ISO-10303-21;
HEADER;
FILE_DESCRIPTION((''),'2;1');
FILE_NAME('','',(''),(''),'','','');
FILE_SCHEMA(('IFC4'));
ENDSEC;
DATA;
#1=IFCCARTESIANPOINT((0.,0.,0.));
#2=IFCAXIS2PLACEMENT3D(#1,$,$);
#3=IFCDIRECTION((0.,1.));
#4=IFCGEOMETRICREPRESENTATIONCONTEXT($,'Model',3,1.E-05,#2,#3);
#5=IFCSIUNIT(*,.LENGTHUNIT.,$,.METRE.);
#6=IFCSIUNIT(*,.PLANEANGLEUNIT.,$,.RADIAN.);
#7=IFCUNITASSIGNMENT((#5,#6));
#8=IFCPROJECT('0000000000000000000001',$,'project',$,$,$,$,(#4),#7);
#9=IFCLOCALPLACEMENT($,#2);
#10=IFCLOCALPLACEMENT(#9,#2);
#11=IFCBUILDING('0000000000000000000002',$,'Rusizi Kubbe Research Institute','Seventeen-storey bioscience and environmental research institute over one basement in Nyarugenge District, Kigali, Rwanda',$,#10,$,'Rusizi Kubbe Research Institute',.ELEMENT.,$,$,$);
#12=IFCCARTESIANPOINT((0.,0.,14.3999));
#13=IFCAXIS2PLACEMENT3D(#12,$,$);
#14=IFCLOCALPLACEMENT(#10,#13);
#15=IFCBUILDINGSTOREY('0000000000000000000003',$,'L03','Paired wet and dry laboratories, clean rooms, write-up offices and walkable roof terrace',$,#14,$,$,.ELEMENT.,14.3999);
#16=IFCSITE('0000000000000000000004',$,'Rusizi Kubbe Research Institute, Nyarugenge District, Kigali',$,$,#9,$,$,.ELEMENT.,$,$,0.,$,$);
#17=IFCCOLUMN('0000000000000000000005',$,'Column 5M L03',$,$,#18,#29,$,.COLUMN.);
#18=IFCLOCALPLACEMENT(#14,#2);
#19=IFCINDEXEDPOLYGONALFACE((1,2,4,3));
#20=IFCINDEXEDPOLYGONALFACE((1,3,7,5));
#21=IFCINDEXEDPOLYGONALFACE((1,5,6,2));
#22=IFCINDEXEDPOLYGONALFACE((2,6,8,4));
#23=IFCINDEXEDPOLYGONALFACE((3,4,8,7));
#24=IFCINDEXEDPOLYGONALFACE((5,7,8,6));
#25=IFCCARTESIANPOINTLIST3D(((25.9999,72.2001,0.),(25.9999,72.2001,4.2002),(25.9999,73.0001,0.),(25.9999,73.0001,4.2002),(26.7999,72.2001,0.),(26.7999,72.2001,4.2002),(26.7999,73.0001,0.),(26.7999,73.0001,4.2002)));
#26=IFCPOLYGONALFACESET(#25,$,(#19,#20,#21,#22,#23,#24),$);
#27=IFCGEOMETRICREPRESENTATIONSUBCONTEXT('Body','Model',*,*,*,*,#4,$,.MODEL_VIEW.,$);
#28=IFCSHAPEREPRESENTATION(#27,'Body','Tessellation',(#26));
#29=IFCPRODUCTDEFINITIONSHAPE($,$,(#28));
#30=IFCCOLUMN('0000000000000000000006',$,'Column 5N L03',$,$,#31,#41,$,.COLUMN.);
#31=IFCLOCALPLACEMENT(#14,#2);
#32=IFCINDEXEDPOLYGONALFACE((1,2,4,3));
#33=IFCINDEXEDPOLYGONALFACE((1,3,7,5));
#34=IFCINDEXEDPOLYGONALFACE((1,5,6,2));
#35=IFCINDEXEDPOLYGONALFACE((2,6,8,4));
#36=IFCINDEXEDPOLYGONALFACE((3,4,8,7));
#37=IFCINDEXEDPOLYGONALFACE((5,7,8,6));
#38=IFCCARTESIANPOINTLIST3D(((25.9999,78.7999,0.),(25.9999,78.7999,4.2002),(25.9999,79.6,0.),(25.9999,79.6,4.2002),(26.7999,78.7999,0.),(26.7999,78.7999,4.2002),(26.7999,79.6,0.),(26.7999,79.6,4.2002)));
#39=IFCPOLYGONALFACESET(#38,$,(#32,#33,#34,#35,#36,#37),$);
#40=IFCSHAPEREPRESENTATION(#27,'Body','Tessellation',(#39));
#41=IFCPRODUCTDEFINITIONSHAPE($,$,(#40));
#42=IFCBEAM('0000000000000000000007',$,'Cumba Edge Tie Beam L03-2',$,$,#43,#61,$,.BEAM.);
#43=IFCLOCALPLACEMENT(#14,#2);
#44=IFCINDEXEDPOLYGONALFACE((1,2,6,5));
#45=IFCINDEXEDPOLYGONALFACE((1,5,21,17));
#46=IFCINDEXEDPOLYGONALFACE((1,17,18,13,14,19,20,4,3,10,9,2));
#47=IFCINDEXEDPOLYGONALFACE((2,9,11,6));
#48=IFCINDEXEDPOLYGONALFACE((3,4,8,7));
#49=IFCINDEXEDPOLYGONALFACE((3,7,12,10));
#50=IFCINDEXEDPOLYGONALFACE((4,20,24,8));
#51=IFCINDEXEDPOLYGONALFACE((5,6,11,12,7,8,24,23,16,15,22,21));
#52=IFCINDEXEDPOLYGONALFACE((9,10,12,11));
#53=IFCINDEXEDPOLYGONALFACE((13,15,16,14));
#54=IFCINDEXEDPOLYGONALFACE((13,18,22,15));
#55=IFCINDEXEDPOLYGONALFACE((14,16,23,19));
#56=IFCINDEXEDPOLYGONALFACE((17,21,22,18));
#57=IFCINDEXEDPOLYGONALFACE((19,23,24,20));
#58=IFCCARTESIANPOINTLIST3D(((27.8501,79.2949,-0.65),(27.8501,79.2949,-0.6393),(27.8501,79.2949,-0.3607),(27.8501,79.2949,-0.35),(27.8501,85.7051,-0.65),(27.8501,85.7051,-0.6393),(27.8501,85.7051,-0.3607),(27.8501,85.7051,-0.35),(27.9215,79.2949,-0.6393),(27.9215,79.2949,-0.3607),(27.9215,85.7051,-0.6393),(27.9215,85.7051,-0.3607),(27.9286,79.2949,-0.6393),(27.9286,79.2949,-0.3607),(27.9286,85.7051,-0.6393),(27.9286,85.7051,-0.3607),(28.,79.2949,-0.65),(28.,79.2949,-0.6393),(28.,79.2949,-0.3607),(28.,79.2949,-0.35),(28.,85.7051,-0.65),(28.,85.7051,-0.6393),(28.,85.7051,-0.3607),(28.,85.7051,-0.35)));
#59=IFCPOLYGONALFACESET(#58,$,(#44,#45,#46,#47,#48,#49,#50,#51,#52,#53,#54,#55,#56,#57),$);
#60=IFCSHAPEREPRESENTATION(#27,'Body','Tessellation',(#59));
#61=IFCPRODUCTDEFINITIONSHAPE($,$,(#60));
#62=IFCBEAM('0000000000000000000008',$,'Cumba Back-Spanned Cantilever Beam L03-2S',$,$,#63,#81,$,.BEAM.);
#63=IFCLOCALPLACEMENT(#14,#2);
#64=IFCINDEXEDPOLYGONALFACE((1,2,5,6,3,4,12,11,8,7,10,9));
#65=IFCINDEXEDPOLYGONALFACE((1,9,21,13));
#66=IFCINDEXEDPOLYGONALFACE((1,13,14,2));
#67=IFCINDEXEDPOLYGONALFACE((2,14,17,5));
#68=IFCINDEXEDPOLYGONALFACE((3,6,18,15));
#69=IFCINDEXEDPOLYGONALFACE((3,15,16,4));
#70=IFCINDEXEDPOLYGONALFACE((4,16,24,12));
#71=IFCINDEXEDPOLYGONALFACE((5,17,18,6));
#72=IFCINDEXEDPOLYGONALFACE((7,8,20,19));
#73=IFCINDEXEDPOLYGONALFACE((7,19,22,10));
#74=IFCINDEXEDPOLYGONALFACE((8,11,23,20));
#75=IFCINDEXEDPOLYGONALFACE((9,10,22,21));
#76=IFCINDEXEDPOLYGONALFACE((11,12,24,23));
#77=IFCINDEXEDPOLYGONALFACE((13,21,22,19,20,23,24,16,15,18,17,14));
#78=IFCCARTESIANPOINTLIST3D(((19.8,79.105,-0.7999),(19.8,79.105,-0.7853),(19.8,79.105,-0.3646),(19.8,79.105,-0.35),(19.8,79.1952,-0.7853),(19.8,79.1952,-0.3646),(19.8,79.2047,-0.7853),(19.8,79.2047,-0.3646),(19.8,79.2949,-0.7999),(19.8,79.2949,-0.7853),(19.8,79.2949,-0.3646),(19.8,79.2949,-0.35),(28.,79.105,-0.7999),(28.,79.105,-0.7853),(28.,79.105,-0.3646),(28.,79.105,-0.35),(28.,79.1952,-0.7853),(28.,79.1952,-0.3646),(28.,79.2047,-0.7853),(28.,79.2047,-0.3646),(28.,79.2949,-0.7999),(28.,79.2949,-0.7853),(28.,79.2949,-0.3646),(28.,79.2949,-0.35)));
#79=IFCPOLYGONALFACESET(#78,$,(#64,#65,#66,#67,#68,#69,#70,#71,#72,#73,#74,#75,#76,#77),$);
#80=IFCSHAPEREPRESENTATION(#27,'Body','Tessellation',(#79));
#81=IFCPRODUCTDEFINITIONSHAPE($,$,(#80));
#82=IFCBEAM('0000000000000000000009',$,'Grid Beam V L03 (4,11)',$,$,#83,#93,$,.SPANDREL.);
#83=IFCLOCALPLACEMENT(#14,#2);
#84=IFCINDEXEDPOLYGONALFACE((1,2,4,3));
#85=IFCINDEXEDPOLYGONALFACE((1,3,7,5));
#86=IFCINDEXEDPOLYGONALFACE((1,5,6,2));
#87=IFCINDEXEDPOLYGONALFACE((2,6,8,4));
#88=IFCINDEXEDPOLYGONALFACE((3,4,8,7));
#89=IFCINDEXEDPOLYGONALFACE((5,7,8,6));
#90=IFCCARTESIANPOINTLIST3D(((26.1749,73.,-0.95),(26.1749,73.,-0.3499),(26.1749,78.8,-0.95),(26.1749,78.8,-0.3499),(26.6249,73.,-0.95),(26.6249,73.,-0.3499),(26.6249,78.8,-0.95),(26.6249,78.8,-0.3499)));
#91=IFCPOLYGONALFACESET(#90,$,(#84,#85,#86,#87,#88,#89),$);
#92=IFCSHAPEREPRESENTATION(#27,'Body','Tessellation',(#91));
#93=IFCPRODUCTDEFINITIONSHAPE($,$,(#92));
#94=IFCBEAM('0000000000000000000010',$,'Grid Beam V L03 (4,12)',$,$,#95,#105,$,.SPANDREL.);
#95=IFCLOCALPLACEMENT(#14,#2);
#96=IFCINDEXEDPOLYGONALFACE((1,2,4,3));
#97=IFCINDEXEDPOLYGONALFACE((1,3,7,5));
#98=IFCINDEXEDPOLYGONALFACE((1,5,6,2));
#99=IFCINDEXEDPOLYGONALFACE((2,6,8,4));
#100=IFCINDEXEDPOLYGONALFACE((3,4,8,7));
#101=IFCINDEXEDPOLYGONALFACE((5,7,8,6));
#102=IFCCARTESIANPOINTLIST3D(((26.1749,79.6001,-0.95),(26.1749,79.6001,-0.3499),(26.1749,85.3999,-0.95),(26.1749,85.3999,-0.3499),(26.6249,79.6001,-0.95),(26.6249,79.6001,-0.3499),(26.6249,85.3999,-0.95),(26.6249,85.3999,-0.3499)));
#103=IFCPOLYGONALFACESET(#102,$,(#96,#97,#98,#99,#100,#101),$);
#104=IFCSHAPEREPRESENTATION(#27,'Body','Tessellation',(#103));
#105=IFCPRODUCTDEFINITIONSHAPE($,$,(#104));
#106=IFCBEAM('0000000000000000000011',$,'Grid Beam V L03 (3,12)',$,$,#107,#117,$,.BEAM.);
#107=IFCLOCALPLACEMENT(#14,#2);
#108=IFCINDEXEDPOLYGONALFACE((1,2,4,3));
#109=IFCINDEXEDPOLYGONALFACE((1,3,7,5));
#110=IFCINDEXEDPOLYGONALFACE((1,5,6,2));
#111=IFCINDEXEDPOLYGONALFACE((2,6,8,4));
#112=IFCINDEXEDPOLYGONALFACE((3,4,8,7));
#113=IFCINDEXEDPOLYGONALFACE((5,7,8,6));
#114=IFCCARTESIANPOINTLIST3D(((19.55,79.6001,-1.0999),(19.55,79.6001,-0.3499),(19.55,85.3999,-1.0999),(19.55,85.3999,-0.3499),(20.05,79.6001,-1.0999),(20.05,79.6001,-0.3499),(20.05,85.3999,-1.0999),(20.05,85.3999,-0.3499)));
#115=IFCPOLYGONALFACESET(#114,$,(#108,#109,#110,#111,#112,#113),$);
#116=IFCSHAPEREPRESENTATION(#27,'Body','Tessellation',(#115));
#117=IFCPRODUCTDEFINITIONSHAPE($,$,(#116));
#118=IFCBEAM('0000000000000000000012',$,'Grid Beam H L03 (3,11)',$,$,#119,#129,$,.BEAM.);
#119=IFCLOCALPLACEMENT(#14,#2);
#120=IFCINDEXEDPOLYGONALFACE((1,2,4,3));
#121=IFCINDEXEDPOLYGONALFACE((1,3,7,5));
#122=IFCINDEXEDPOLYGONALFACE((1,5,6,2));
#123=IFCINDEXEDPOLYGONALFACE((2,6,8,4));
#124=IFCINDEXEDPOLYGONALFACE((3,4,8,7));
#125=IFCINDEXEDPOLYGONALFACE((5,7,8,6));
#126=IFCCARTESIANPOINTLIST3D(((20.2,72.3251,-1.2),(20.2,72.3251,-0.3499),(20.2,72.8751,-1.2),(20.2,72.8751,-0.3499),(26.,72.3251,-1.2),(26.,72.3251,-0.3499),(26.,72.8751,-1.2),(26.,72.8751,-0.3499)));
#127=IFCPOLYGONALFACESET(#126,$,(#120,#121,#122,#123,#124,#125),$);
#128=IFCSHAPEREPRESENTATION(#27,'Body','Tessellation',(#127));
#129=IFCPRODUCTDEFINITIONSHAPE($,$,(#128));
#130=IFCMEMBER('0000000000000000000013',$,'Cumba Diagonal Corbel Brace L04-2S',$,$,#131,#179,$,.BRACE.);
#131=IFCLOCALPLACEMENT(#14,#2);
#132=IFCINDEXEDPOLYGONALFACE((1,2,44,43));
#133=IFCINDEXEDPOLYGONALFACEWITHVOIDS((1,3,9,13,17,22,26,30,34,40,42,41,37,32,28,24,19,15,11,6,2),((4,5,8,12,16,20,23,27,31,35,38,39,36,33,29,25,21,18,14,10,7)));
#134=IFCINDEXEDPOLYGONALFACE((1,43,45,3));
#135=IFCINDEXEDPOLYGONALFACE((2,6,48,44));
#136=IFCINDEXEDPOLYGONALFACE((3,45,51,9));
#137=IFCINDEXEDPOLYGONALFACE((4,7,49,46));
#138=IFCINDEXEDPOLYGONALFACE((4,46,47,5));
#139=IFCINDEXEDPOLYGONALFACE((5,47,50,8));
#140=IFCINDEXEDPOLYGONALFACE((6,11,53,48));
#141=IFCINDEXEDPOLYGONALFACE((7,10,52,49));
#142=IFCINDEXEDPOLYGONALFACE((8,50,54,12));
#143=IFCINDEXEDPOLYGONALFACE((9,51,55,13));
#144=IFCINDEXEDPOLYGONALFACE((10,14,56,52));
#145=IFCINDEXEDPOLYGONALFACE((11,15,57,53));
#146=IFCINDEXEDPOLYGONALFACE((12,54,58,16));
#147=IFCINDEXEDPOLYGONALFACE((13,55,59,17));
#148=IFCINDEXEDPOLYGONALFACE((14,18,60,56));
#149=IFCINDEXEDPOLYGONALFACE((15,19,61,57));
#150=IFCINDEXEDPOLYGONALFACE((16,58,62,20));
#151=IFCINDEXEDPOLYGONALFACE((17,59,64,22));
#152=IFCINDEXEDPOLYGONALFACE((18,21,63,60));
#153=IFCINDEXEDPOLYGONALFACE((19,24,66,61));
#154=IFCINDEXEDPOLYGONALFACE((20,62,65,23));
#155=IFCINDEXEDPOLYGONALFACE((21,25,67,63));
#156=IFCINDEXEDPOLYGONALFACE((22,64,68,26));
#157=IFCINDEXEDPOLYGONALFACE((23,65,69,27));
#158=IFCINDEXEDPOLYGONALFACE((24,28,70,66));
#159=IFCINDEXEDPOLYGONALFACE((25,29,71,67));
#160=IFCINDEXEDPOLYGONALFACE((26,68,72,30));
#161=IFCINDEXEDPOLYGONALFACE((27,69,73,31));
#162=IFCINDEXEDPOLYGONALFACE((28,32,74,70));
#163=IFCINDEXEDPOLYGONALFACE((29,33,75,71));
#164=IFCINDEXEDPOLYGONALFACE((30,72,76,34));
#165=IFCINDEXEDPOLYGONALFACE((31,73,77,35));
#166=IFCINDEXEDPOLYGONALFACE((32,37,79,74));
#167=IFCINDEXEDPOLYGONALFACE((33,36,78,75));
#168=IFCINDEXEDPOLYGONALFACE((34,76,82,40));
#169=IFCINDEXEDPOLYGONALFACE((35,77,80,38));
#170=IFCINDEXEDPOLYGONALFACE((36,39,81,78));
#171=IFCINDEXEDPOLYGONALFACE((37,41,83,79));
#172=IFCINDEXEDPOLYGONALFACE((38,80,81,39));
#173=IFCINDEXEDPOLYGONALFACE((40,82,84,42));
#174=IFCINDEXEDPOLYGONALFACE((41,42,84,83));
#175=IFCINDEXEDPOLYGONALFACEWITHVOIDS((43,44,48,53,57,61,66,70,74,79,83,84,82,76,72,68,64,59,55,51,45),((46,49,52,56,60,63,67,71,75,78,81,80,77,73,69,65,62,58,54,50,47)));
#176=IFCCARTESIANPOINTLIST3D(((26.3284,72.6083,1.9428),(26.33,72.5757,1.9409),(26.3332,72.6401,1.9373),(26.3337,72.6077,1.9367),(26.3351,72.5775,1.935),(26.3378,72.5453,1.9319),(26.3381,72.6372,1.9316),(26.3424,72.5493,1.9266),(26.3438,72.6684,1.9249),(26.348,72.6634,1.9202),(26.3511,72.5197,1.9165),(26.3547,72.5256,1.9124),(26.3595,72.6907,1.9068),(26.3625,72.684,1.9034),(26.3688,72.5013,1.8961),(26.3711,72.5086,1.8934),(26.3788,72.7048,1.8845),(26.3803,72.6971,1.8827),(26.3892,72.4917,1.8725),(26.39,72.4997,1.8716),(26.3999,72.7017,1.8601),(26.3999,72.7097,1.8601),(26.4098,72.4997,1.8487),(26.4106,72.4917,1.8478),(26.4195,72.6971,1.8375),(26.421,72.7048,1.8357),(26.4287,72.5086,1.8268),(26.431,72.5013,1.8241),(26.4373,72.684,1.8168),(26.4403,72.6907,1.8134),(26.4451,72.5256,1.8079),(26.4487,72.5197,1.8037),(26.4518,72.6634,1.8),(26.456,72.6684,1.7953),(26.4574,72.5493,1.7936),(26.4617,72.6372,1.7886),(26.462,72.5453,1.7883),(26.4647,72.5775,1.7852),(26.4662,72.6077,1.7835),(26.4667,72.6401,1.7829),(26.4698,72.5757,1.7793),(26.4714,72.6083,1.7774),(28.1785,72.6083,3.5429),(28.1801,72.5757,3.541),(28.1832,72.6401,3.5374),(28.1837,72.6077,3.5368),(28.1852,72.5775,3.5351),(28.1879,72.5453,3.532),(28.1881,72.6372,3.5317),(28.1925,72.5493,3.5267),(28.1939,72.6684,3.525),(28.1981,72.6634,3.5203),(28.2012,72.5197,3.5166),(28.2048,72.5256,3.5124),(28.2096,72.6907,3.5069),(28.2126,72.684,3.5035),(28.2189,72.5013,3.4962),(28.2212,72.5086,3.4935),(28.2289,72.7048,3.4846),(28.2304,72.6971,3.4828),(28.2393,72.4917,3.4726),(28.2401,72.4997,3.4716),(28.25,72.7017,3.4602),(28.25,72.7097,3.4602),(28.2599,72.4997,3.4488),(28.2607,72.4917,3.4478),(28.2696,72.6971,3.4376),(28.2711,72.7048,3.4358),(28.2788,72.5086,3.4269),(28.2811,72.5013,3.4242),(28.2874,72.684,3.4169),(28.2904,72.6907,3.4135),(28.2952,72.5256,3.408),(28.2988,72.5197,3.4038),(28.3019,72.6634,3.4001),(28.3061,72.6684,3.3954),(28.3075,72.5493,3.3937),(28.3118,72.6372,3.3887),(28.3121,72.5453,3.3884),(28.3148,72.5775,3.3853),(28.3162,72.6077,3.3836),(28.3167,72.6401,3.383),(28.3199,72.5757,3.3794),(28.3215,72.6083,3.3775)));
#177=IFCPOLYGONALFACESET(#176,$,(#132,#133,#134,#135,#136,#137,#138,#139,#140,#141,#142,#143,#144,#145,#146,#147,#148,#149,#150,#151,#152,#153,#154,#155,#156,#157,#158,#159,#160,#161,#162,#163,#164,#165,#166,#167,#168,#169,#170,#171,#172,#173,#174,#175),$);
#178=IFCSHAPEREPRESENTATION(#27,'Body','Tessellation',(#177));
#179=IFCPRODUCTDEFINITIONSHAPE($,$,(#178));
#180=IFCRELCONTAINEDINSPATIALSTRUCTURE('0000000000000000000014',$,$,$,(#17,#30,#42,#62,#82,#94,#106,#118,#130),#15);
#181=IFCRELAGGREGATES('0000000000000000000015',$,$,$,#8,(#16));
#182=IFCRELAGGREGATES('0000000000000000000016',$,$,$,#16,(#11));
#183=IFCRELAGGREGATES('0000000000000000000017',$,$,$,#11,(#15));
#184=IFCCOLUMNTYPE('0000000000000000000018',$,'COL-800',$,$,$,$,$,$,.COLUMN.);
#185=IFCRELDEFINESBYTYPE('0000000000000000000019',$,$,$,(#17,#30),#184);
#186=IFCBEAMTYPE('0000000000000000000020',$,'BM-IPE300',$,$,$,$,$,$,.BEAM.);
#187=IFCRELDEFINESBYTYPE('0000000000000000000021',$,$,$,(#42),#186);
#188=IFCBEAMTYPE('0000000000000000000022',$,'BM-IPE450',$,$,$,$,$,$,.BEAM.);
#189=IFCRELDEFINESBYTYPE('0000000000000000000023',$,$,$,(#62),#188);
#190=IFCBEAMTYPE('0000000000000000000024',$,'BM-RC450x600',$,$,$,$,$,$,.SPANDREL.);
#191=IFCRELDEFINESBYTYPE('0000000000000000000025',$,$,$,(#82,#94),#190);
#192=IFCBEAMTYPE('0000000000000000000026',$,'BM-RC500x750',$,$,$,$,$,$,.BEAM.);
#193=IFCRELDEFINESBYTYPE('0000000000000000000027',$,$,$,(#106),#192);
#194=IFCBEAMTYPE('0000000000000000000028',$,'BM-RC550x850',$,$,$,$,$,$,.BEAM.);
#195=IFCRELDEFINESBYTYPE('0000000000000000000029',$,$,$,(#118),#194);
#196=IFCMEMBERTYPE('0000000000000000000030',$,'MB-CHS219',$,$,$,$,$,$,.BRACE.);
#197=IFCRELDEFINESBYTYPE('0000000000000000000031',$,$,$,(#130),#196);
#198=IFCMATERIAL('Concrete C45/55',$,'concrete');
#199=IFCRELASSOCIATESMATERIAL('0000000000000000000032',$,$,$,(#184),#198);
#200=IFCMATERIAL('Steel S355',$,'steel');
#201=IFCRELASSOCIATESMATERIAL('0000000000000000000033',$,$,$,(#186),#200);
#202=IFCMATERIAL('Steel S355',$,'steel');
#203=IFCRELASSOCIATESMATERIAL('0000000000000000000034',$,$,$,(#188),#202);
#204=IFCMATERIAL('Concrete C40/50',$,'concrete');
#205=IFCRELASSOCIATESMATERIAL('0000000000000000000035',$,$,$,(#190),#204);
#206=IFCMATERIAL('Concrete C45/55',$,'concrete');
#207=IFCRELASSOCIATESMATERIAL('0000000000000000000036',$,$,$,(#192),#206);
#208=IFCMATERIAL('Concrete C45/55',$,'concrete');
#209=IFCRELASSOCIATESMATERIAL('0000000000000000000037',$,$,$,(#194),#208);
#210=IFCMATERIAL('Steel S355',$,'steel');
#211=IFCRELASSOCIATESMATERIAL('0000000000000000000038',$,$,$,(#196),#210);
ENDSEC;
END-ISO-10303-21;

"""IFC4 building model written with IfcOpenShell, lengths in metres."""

from ifc_helpers import new_model, si_unit, direction, frame, origin, origin_2d, place, context, subcontext, project, spatial, rectangle, hollow_circle, i_section, extrude, material, material_profile, profile_set, type_object, element, save


model = new_model("IFC4")

# Units and contexts
model_context = context("Model", 3, precision=1e-05, world=origin(), true_north=direction((0.0, 1.0)))
body_context = subcontext(model_context, "Body", "Model", "MODEL_VIEW")
ifc_project = project(units=[si_unit("LENGTHUNIT", "METRE"), si_unit("PLANEANGLEUNIT", "RADIAN")], contexts=[model_context])

# Site, building, storey
site_placement = place(None, origin())
site = spatial("IfcSite", under=ifc_project, at=site_placement, Name="Rusizi Kubbe Research Institute, Nyarugenge District, Kigali", CompositionType="ELEMENT", RefElevation=0.0)
building_placement = place(site_placement, origin())
building = spatial("IfcBuilding", under=site, at=building_placement, Name="Rusizi Kubbe Research Institute", Description="Seventeen-storey bioscience and environmental research institute over one basement in Nyarugenge District, Kigali, Rwanda", LongName="Rusizi Kubbe Research Institute", CompositionType="ELEMENT")
storey_placement = place(building_placement, frame((0.0, 0.0, 14.3999)))
storey = spatial("IfcBuildingStorey", under=building, at=storey_placement, Name="L03", Description="Paired wet and dry laboratories, clean rooms, write-up offices and walkable roof terrace", CompositionType="ELEMENT", Elevation=14.3999)

# Columns
ifc_material_1 = material(Name="Concrete C45/55", Category="concrete")
ifc_material_profile_1 = material_profile(ifc_material_1, rectangle(XDim=0.8, YDim=0.8, at=origin_2d()), Name="RC800x800")
ifc_profile_set_1 = profile_set([ifc_material_profile_1], Name="Concrete C45/55")
column_type = type_object("IfcColumnType", Name="COL-800", PredefinedType="COLUMN", material=ifc_profile_set_1)
for number, where, z_axis, x_axis, name in (
    (1, (26.3999, 72.6001, 0.0), (0.0, 0.0, 1.0), (1.0, 0.0, 0.0), "Column 5M L03"),
    (2, (26.3999, 79.2, 0.0), (0.0, 0.0, 1.0), (1.0, 0.0, 0.0), "Column 5N L03"),
):
    element("IfcColumn", number, at=place(storey_placement, frame(where, z_axis=z_axis, x_axis=x_axis)), inside=storey, type_object=column_type, Name=name, PredefinedType="COLUMN", context=body_context, shape_type="SweptSolid", body=[
        extrude(rectangle(XDim=0.8, YDim=0.8, at=origin_2d()), origin(), (0.0, 0.0, 1.0), 4.2002),
    ])

# Beams
ifc_material_2 = material(Name="Steel S355", Category="steel")
ifc_material_profile_2 = material_profile(ifc_material_2, i_section(OverallWidth=0.1499, OverallDepth=0.3, WebThickness=0.0071, FlangeThickness=0.0107, at=origin_2d()), Name="IPE 300")
ifc_profile_set_2 = profile_set([ifc_material_profile_2], Name="Steel S355")
beam_type_1 = type_object("IfcBeamType", Name="BM-IPE300", PredefinedType="BEAM", material=ifc_profile_set_2)
beam_1_placement = place(storey_placement, frame((27.925, 79.2949, -0.5), z_axis=(0.0, 1.0, 0.0), x_axis=(-1.0, 0.0, 0.0)))
element("IfcBeam", 3, at=beam_1_placement, inside=storey, type_object=beam_type_1, Name="Cumba Edge Tie Beam L03-2", PredefinedType="BEAM", context=body_context, shape_type="SweptSolid", body=[
    extrude(i_section(OverallWidth=0.1499, OverallDepth=0.3, WebThickness=0.0071, FlangeThickness=0.0107, at=origin_2d()), origin(), (0.0, 0.0, 1.0), 6.4102),
])
ifc_material_3 = material(Name="Steel S355", Category="steel")
ifc_material_profile_3 = material_profile(ifc_material_3, i_section(OverallWidth=0.1899, OverallDepth=0.45, WebThickness=0.0095, FlangeThickness=0.0146, at=origin_2d()), Name="IPE 450")
ifc_profile_set_3 = profile_set([ifc_material_profile_3], Name="Steel S355")
beam_type_2 = type_object("IfcBeamType", Name="BM-IPE450", PredefinedType="BEAM", material=ifc_profile_set_3)
beam_2_placement = place(storey_placement, frame((19.8, 79.2, -0.575), z_axis=(1.0, 0.0, 0.0), x_axis=(0.0, 1.0, 0.0)))
element("IfcBeam", 4, at=beam_2_placement, inside=storey, type_object=beam_type_2, Name="Cumba Back-Spanned Cantilever Beam L03-2S", PredefinedType="BEAM", context=body_context, shape_type="SweptSolid", body=[
    extrude(i_section(OverallWidth=0.1899, OverallDepth=0.45, WebThickness=0.0095, FlangeThickness=0.0146, at=origin_2d()), origin(), (0.0, 0.0, 1.0), 8.2),
])
ifc_material_4 = material(Name="Concrete C40/50", Category="concrete")
ifc_material_profile_4 = material_profile(ifc_material_4, rectangle(XDim=0.45, YDim=0.6001, at=origin_2d()), Name="RC450x600")
ifc_profile_set_4 = profile_set([ifc_material_profile_4], Name="Concrete C40/50")
beam_type_3 = type_object("IfcBeamType", Name="BM-RC450x600", PredefinedType="SPANDREL", material=ifc_profile_set_4)
beam_3_placement = place(storey_placement, frame((26.3999, 73.0, -0.6499), z_axis=(0.0, 1.0, 0.0), x_axis=(-1.0, 0.0, 0.0)))
element("IfcBeam", 5, at=beam_3_placement, inside=storey, type_object=beam_type_3, Name="Grid Beam V L03 (4,11)", PredefinedType="SPANDREL", context=body_context, shape_type="SweptSolid", body=[
    extrude(rectangle(XDim=0.45, YDim=0.6001, at=origin_2d()), origin(), (0.0, 0.0, 1.0), 5.8),
])
beam_4_placement = place(storey_placement, frame((26.3999, 79.6001, -0.6499), z_axis=(0.0, 1.0, 0.0), x_axis=(-1.0, 0.0, 0.0)))
element("IfcBeam", 6, at=beam_4_placement, inside=storey, type_object=beam_type_3, Name="Grid Beam V L03 (4,12)", PredefinedType="SPANDREL", context=body_context, shape_type="SweptSolid", body=[
    extrude(rectangle(XDim=0.45, YDim=0.6001, at=origin_2d()), origin(), (0.0, 0.0, 1.0), 5.7998),
])
ifc_material_5 = material(Name="Concrete C45/55", Category="concrete")
ifc_material_profile_5 = material_profile(ifc_material_5, rectangle(XDim=0.5, YDim=0.75, at=origin_2d()), Name="RC500x750B")
ifc_profile_set_5 = profile_set([ifc_material_profile_5], Name="Concrete C45/55")
beam_type_4 = type_object("IfcBeamType", Name="BM-RC500x750", PredefinedType="BEAM", material=ifc_profile_set_5)
beam_5_placement = place(storey_placement, frame((19.8, 79.6001, -0.7249), z_axis=(0.0, 1.0, 0.0), x_axis=(-1.0, 0.0, 0.0)))
element("IfcBeam", 7, at=beam_5_placement, inside=storey, type_object=beam_type_4, Name="Grid Beam V L03 (3,12)", PredefinedType="BEAM", context=body_context, shape_type="SweptSolid", body=[
    extrude(rectangle(XDim=0.5, YDim=0.75, at=origin_2d()), origin(), (0.0, 0.0, 1.0), 5.7998),
])
ifc_material_6 = material(Name="Concrete C45/55", Category="concrete")
ifc_material_profile_6 = material_profile(ifc_material_6, rectangle(XDim=0.55, YDim=0.8501, at=origin_2d()), Name="RC550x850")
ifc_profile_set_6 = profile_set([ifc_material_profile_6], Name="Concrete C45/55")
beam_type_5 = type_object("IfcBeamType", Name="BM-RC550x850", PredefinedType="BEAM", material=ifc_profile_set_6)
beam_6_placement = place(storey_placement, frame((20.2, 72.6001, -0.7749), z_axis=(1.0, 0.0, 0.0), x_axis=(0.0, 1.0, 0.0)))
element("IfcBeam", 8, at=beam_6_placement, inside=storey, type_object=beam_type_5, Name="Grid Beam H L03 (3,11)", PredefinedType="BEAM", context=body_context, shape_type="SweptSolid", body=[
    extrude(rectangle(XDim=0.55, YDim=0.8501, at=origin_2d()), origin(), (0.0, 0.0, 1.0), 5.8),
])

# Member
ifc_material_7 = material(Name="Steel S355", Category="steel")
ifc_material_profile_7 = material_profile(ifc_material_7, hollow_circle(Radius=0.1096, WallThickness=0.0081, at=origin_2d()), Name="CHS 219.1x8.0")
ifc_profile_set_7 = profile_set([ifc_material_profile_7], Name="Steel S355")
member_type_1 = type_object("IfcMemberType", Name="MB-CHS219", PredefinedType="BRACE", material=ifc_profile_set_7)
for number, where, z_axis, x_axis, name in (
    (9, (26.3999, 72.6001, 1.8601), (0.756361, 0.0, 0.654155), (0.0, 1.0, 0.0), "Cumba Diagonal Corbel Brace L04-2S"),
):
    element("IfcMember", number, at=place(storey_placement, frame(where, z_axis=z_axis, x_axis=x_axis)), inside=storey, type_object=member_type_1, Name=name, PredefinedType="BRACE", context=body_context, shape_type="SweptSolid", body=[
        extrude(hollow_circle(Radius=0.1096, WallThickness=0.0081, at=origin_2d()), origin(), (0.0, 0.0, 1.0), 2.446),
    ])

save(model, "model.ifc")
